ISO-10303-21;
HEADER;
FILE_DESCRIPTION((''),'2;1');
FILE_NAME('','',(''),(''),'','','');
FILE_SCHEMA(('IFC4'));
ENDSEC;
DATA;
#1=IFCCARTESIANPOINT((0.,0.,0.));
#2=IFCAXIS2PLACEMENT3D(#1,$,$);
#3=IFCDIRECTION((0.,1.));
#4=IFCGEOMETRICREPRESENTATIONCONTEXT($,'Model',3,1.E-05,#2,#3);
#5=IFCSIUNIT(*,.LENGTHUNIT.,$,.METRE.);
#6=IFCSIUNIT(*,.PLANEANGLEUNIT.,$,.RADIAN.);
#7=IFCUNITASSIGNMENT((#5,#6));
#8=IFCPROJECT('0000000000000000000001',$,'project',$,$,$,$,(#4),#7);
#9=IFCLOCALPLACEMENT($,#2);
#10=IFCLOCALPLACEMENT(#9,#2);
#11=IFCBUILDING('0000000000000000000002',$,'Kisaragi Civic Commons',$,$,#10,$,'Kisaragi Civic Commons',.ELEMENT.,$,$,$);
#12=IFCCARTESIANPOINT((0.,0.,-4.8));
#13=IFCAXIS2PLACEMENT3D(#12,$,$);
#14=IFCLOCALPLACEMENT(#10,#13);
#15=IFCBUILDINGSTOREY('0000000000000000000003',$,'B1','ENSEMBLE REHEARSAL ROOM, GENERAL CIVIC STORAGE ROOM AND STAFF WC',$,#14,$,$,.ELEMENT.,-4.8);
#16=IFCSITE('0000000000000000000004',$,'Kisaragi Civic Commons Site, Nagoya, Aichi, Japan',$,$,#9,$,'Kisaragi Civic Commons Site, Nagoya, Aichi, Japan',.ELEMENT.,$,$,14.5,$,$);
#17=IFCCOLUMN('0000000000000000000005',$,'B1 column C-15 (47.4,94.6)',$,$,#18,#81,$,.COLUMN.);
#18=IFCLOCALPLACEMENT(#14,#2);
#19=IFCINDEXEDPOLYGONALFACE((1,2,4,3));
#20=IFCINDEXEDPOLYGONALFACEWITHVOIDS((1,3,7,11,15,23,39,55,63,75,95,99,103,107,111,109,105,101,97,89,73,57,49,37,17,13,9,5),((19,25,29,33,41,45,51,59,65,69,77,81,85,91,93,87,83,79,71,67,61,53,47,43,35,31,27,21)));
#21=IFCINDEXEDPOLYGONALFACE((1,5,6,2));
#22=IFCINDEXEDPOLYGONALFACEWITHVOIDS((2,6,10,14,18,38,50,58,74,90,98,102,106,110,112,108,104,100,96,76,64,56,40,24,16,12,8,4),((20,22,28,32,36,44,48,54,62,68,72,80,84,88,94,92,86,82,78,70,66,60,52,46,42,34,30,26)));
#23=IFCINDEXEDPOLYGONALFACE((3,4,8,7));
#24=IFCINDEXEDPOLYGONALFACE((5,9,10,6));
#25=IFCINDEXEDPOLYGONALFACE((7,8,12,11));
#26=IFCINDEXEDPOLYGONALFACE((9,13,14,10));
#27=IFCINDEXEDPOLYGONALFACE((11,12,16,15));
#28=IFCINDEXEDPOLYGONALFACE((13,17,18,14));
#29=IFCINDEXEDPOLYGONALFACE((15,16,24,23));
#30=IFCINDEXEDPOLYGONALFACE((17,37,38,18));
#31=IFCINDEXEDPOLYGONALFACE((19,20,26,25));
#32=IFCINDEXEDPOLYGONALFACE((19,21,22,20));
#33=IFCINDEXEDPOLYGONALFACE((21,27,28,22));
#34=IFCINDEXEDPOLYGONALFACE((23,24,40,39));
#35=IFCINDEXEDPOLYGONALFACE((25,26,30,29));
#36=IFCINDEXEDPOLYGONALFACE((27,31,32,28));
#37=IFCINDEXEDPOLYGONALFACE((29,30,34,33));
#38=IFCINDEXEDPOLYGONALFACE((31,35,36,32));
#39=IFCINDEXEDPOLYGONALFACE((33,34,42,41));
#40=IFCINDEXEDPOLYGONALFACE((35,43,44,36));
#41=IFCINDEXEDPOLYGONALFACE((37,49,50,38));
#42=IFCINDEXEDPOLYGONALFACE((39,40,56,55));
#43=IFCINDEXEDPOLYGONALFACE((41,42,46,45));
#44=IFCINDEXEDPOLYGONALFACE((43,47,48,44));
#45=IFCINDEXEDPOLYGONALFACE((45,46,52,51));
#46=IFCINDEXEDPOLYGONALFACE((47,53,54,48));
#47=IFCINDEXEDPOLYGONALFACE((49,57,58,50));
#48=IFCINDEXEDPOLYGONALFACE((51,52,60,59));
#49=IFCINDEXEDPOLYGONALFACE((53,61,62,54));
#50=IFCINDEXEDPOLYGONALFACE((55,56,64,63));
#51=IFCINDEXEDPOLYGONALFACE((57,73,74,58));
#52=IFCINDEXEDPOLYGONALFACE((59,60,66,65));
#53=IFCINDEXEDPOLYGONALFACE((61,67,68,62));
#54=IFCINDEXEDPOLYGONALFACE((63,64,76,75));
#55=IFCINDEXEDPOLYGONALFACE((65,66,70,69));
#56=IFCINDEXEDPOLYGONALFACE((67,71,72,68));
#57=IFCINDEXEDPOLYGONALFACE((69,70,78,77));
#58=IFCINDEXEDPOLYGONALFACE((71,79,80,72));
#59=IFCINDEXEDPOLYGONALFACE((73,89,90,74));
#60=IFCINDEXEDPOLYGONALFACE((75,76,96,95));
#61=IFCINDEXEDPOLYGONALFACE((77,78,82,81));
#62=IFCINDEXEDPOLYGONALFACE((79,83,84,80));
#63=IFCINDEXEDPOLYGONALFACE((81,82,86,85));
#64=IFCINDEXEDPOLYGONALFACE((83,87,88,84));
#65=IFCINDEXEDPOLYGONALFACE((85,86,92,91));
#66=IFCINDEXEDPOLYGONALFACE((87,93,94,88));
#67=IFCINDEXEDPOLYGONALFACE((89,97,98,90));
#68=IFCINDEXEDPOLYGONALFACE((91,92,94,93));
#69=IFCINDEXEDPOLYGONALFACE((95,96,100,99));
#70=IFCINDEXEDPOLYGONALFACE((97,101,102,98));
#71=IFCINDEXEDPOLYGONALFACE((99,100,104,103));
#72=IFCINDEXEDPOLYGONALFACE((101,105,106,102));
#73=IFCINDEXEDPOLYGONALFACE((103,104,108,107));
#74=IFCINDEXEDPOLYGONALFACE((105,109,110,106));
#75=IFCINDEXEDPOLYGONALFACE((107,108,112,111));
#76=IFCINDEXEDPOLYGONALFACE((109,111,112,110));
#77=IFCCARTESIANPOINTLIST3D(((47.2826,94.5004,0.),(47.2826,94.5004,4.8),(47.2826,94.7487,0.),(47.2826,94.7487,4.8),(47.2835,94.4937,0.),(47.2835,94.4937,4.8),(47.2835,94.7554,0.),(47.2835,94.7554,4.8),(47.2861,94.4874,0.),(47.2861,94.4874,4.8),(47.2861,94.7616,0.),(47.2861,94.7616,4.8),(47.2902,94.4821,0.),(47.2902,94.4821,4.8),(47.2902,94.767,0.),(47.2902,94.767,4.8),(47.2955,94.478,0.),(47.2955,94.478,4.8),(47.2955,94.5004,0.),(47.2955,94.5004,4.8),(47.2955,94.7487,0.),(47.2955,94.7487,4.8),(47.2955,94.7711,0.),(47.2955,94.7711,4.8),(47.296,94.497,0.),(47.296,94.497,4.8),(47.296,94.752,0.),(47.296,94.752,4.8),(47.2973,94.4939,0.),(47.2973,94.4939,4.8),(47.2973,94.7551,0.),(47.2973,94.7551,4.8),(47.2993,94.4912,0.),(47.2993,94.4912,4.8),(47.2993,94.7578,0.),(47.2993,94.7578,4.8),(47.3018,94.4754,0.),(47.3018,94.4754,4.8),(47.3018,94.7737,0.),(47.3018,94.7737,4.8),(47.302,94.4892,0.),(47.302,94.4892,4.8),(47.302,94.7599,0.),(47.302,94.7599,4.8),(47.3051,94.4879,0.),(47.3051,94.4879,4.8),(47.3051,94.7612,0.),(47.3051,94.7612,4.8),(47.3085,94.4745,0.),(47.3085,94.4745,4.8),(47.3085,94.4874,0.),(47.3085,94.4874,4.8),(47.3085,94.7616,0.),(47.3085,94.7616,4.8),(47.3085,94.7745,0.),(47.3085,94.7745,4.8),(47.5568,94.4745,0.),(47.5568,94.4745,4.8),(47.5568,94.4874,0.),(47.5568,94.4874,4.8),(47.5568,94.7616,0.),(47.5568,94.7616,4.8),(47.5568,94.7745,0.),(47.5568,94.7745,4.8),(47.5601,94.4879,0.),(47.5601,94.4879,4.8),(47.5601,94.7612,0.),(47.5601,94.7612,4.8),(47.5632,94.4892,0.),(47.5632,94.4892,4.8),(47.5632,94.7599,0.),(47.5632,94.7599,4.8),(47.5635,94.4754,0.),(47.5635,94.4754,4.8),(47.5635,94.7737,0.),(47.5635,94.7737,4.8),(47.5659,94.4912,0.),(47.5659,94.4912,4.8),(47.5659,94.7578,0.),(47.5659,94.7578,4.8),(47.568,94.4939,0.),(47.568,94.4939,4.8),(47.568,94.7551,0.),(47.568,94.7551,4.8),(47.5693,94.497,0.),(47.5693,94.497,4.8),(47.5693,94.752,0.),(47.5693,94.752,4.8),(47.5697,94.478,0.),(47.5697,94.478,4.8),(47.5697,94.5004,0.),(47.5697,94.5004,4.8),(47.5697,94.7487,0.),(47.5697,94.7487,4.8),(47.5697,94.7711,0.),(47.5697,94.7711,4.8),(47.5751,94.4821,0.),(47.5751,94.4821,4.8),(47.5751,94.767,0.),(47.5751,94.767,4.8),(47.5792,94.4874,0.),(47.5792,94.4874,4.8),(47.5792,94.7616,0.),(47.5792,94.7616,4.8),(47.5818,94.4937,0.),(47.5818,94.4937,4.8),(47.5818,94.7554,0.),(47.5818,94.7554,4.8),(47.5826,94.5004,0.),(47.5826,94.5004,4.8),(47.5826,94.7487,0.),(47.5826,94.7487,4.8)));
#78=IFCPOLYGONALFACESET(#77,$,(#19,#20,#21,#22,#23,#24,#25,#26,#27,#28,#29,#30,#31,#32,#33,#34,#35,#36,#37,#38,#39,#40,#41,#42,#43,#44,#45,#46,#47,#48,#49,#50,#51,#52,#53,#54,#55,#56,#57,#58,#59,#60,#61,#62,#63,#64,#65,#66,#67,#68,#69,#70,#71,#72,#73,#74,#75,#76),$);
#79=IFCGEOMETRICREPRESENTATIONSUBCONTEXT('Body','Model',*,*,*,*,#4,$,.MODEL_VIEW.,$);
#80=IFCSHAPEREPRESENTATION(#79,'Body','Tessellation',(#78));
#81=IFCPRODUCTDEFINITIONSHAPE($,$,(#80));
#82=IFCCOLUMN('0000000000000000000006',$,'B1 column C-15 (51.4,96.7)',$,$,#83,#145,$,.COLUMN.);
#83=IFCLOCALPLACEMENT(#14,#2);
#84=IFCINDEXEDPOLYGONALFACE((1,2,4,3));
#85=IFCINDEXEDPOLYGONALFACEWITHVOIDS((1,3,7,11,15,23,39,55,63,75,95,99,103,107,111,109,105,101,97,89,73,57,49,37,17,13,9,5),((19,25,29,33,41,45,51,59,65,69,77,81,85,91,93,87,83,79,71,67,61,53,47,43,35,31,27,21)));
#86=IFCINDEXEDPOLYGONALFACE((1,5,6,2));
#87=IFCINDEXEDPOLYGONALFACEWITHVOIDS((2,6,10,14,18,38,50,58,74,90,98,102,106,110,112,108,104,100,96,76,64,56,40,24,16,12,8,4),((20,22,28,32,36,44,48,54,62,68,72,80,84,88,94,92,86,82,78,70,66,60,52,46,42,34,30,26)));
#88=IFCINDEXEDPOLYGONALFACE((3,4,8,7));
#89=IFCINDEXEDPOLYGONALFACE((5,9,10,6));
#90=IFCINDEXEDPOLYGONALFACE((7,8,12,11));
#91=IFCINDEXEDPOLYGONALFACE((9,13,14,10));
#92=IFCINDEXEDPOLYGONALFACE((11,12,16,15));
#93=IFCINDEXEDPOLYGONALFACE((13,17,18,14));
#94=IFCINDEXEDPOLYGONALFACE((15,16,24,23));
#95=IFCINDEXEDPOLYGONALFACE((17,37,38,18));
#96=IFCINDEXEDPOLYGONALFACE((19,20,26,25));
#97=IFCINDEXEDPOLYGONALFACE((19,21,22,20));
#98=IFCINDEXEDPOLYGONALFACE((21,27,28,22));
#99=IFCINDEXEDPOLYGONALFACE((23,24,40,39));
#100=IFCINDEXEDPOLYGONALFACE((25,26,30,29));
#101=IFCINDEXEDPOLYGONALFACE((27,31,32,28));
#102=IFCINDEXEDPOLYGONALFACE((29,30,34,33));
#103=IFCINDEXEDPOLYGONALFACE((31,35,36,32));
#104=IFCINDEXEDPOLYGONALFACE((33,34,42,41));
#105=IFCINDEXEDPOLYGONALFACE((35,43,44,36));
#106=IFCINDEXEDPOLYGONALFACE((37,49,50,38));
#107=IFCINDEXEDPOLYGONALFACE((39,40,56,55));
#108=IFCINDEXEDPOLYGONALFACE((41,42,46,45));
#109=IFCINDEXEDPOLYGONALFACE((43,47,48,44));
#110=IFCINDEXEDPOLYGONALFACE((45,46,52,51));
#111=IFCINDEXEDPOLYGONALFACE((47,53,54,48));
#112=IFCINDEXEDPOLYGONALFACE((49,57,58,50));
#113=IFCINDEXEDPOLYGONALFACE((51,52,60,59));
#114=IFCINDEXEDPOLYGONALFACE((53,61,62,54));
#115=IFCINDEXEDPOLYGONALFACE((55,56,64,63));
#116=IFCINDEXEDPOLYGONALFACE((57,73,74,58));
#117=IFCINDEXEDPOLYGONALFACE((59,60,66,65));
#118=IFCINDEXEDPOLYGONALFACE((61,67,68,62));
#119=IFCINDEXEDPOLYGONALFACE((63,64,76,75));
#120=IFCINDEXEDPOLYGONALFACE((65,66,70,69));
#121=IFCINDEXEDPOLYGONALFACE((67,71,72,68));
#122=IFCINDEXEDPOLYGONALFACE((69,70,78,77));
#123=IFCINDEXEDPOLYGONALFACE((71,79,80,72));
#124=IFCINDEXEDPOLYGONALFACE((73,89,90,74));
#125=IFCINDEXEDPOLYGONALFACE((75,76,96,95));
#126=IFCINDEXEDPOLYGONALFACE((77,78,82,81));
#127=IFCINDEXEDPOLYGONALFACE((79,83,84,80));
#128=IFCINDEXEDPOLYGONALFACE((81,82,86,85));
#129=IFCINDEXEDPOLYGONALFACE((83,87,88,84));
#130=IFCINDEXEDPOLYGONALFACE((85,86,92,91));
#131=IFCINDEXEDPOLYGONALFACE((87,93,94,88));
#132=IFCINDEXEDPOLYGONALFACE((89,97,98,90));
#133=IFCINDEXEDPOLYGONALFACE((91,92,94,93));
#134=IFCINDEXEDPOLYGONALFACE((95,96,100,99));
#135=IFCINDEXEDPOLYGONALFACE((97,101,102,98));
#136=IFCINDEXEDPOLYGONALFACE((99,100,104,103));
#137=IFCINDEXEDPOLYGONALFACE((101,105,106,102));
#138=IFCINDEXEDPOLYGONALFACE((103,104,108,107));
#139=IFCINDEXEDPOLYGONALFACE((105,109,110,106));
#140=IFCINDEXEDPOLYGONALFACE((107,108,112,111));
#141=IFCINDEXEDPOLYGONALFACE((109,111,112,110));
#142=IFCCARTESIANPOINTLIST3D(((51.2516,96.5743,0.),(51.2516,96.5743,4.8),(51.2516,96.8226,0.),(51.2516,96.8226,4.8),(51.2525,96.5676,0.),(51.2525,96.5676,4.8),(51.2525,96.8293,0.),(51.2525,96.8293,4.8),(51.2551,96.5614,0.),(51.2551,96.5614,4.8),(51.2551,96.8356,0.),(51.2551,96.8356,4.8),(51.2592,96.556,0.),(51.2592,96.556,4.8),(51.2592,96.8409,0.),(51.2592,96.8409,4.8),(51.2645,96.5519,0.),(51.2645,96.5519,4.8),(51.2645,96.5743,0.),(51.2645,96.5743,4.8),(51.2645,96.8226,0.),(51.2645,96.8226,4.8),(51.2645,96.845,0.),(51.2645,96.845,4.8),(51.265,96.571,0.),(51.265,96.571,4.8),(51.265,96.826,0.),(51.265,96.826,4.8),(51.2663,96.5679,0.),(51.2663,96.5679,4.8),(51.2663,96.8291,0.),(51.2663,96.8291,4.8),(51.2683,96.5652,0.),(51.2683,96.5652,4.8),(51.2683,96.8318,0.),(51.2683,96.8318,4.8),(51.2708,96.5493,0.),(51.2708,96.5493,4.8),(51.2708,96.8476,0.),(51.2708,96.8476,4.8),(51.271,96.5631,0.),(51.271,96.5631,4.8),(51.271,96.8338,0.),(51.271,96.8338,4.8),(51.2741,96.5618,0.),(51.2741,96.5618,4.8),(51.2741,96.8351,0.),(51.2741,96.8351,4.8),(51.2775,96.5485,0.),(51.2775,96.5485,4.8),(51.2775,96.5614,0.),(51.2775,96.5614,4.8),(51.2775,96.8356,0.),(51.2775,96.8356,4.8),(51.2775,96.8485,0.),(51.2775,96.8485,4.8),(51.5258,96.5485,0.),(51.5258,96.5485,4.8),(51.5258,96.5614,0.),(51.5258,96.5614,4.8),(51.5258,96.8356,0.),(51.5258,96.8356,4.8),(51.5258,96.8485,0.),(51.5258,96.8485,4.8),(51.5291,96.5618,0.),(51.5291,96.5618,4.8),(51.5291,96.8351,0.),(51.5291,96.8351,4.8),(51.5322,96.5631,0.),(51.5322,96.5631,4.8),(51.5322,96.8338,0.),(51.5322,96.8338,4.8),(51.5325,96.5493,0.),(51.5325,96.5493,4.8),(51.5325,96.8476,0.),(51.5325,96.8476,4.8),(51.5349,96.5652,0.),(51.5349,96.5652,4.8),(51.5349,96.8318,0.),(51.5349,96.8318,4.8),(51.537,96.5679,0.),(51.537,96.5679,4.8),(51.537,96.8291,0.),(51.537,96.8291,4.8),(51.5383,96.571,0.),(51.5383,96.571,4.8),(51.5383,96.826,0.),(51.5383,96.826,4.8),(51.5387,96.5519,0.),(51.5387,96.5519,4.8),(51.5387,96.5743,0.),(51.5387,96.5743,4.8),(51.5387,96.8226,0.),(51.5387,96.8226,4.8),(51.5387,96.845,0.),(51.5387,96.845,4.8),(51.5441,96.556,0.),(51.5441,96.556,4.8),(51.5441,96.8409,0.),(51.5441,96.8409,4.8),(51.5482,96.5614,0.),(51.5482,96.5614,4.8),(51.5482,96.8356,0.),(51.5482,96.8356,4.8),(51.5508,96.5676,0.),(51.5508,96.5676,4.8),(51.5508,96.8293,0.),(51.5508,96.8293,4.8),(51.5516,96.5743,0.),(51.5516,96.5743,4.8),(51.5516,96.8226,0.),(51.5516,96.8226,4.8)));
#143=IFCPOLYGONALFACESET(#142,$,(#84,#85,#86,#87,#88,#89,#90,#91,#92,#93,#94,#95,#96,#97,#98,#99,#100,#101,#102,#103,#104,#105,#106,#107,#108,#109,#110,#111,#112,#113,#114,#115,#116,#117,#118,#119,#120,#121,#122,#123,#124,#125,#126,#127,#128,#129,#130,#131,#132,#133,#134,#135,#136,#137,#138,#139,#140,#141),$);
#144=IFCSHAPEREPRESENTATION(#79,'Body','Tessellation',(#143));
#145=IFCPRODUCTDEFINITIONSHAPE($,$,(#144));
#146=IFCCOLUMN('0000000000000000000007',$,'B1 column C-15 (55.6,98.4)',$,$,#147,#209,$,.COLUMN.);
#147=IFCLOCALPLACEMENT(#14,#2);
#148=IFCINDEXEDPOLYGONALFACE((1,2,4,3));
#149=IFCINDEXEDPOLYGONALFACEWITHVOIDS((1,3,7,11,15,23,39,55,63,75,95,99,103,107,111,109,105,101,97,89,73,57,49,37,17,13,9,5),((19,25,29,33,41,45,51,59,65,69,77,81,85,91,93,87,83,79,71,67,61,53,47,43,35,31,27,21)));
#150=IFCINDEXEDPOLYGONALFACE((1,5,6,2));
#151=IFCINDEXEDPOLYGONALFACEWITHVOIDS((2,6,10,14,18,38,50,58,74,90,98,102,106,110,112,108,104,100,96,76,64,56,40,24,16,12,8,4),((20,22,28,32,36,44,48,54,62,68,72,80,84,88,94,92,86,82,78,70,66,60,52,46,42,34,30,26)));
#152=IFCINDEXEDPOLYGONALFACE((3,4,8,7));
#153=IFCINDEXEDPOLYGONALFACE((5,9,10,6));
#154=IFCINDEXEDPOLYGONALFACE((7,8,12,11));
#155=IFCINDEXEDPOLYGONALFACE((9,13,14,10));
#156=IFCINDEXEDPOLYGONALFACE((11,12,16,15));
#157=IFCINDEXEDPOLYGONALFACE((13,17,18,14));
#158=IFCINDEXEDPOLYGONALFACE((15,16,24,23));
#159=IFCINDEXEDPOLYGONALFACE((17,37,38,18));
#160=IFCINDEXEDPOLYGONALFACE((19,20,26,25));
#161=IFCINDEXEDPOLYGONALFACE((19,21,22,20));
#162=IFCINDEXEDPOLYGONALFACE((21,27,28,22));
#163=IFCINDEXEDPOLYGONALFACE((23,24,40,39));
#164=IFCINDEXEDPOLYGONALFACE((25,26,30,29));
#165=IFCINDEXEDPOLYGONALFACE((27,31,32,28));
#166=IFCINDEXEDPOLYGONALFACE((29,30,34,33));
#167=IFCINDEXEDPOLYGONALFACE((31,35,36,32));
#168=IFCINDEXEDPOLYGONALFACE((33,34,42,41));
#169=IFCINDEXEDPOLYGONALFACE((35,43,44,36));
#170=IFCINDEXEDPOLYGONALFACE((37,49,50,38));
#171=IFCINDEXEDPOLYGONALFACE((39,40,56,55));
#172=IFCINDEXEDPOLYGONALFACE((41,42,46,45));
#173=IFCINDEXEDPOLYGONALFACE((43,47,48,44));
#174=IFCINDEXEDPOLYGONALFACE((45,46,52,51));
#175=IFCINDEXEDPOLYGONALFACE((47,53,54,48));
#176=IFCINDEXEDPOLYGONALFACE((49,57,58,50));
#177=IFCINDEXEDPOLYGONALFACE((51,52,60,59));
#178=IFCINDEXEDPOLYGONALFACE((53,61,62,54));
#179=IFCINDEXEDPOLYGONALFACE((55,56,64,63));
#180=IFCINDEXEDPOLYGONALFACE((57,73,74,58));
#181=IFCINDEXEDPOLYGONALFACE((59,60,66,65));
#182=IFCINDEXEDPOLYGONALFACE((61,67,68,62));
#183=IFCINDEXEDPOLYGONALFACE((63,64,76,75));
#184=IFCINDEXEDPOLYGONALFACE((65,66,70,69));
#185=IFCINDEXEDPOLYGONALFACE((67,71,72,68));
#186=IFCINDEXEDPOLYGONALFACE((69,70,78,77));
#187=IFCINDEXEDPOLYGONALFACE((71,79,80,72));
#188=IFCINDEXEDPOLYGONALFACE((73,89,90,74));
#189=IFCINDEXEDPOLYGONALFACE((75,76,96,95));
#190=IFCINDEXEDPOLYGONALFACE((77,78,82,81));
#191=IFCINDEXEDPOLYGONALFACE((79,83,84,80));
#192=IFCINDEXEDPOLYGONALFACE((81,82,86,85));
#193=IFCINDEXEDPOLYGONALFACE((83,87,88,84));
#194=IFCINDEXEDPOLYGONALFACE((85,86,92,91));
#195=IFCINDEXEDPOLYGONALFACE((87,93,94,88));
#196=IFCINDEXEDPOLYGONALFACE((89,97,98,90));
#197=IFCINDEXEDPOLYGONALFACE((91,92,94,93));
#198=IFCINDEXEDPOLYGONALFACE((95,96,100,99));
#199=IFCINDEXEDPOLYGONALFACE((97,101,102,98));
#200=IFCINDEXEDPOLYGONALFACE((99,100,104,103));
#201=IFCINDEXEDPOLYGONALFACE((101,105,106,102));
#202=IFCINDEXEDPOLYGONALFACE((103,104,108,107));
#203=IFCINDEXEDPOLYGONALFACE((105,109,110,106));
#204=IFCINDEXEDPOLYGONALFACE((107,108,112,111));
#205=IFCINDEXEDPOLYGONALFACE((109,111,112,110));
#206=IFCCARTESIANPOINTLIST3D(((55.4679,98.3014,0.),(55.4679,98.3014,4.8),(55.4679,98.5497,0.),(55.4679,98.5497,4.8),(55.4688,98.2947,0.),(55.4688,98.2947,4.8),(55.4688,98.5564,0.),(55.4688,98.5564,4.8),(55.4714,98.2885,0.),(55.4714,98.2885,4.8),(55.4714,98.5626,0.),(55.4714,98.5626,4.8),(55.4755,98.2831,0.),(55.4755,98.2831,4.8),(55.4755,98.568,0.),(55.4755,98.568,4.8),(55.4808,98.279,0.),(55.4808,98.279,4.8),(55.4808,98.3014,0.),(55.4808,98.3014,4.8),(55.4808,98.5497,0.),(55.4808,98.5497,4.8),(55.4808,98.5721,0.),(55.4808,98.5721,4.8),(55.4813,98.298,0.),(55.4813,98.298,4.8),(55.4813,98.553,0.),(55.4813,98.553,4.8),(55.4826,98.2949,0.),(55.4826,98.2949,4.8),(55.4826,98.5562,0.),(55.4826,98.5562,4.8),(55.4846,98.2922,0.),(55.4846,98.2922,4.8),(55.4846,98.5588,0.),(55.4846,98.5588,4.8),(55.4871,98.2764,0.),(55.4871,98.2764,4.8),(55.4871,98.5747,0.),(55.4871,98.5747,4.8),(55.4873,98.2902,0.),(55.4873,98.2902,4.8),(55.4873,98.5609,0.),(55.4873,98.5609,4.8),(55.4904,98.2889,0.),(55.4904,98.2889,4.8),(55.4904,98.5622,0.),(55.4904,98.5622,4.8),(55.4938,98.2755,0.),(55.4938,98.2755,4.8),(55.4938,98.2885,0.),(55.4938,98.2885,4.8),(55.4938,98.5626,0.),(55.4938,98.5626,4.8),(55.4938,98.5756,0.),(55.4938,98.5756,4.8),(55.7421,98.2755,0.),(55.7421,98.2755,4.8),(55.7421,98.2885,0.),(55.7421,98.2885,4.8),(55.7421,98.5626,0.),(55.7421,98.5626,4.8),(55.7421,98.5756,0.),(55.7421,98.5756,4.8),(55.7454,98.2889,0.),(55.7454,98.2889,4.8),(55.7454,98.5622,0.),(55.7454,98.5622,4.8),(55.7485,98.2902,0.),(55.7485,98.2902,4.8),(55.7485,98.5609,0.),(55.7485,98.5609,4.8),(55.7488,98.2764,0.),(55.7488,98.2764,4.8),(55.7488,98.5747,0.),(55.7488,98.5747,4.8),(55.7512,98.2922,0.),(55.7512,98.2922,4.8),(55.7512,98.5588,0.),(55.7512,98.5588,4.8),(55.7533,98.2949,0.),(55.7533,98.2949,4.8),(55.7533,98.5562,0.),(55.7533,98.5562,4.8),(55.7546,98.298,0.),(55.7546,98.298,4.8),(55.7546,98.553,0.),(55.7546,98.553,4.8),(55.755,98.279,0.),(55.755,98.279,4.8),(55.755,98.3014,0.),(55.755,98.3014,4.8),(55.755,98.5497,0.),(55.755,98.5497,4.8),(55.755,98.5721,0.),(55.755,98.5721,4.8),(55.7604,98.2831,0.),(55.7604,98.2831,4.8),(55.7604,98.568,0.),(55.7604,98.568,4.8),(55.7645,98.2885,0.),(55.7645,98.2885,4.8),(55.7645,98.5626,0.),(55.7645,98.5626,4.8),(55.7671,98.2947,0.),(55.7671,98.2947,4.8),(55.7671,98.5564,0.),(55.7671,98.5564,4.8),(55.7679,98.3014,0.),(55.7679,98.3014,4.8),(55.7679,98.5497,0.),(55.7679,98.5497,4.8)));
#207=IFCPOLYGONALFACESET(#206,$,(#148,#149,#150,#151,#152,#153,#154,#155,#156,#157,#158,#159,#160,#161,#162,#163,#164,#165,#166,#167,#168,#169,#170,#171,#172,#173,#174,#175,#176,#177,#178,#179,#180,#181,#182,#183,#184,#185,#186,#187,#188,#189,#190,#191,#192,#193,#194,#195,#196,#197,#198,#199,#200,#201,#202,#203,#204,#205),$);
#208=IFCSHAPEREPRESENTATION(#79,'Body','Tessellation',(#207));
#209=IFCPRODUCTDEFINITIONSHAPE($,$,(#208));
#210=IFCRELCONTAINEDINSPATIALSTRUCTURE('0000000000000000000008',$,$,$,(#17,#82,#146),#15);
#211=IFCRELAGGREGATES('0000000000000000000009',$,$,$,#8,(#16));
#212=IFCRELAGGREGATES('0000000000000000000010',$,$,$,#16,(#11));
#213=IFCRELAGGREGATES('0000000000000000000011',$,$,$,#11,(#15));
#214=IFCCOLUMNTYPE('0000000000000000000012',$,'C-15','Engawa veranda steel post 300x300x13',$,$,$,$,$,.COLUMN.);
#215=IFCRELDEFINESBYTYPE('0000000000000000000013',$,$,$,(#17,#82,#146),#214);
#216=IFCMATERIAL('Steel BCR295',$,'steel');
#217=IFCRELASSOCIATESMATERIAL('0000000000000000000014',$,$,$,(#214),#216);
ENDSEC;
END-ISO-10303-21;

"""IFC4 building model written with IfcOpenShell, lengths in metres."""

from ifc_helpers import new_model, si_unit, direction, frame, origin, origin_2d, place, context, subcontext, project, spatial, hollow_rectangle, extrude, material, material_profile, profile_set, type_object, element, save


model = new_model("IFC4")

# Units and contexts
model_context = context("Model", 3, precision=1e-05, world=origin(), true_north=direction((0.0, 1.0)))
body_context = subcontext(model_context, "Body", "Model", "MODEL_VIEW")
ifc_project = project(units=[si_unit("LENGTHUNIT", "METRE"), si_unit("PLANEANGLEUNIT", "RADIAN")], contexts=[model_context])

# Site, building, storey
site_placement = place(None, origin())
site = spatial("IfcSite", under=ifc_project, at=site_placement, Name="Kisaragi Civic Commons Site, Nagoya, Aichi, Japan", LongName="Kisaragi Civic Commons Site, Nagoya, Aichi, Japan", CompositionType="ELEMENT", RefElevation=14.5)
building_placement = place(site_placement, origin())
building = spatial("IfcBuilding", under=site, at=building_placement, Name="Kisaragi Civic Commons", LongName="Kisaragi Civic Commons", CompositionType="ELEMENT")
storey_placement = place(building_placement, frame((0.0, 0.0, -4.8)))
storey = spatial("IfcBuildingStorey", under=building, at=storey_placement, Name="B1", Description="ENSEMBLE REHEARSAL ROOM, GENERAL CIVIC STORAGE ROOM AND STAFF WC", CompositionType="ELEMENT", Elevation=-4.8)

# Columns
ifc_material_1 = material(Name="Steel BCR295", Category="steel")
ifc_material_profile_1 = material_profile(ifc_material_1, hollow_rectangle(XDim=0.3, YDim=0.3, WallThickness=0.0129, InnerFilletRadius=0.0129, OuterFilletRadius=0.0259, at=origin_2d()), Name="BCR-300x300x13", Category="steel")
ifc_profile_set_1 = profile_set([ifc_material_profile_1], Name="Steel BCR295")
column_type_1 = type_object("IfcColumnType", Name="C-15", Description="Engawa veranda steel post 300x300x13", PredefinedType="COLUMN", material=ifc_profile_set_1)
for number, where, z_axis, x_axis, name in (
    (1, (47.4326, 94.6245, 0.0), (0.0, 0.0, 1.0), (1.0, 0.0, 0.0), "B1 column C-15 (47.4,94.6)"),
    (2, (51.4016, 96.6985, 0.0), (0.0, 0.0, 1.0), (1.0, 0.0, 0.0), "B1 column C-15 (51.4,96.7)"),
    (3, (55.6179, 98.4255, 0.0), (0.0, 0.0, 1.0), (1.0, 0.0, 0.0), "B1 column C-15 (55.6,98.4)"),
):
    element("IfcColumn", number, at=place(storey_placement, frame(where, z_axis=z_axis, x_axis=x_axis)), inside=storey, type_object=column_type_1, Name=name, PredefinedType="COLUMN", context=body_context, shape_type="SweptSolid", body=[
        extrude(hollow_rectangle(XDim=0.3, YDim=0.3, WallThickness=0.0129, InnerFilletRadius=0.0129, OuterFilletRadius=0.0259, at=origin_2d()), origin(), (0.0, 0.0, 1.0), 4.8),
    ])

save(model, "model.ifc")
